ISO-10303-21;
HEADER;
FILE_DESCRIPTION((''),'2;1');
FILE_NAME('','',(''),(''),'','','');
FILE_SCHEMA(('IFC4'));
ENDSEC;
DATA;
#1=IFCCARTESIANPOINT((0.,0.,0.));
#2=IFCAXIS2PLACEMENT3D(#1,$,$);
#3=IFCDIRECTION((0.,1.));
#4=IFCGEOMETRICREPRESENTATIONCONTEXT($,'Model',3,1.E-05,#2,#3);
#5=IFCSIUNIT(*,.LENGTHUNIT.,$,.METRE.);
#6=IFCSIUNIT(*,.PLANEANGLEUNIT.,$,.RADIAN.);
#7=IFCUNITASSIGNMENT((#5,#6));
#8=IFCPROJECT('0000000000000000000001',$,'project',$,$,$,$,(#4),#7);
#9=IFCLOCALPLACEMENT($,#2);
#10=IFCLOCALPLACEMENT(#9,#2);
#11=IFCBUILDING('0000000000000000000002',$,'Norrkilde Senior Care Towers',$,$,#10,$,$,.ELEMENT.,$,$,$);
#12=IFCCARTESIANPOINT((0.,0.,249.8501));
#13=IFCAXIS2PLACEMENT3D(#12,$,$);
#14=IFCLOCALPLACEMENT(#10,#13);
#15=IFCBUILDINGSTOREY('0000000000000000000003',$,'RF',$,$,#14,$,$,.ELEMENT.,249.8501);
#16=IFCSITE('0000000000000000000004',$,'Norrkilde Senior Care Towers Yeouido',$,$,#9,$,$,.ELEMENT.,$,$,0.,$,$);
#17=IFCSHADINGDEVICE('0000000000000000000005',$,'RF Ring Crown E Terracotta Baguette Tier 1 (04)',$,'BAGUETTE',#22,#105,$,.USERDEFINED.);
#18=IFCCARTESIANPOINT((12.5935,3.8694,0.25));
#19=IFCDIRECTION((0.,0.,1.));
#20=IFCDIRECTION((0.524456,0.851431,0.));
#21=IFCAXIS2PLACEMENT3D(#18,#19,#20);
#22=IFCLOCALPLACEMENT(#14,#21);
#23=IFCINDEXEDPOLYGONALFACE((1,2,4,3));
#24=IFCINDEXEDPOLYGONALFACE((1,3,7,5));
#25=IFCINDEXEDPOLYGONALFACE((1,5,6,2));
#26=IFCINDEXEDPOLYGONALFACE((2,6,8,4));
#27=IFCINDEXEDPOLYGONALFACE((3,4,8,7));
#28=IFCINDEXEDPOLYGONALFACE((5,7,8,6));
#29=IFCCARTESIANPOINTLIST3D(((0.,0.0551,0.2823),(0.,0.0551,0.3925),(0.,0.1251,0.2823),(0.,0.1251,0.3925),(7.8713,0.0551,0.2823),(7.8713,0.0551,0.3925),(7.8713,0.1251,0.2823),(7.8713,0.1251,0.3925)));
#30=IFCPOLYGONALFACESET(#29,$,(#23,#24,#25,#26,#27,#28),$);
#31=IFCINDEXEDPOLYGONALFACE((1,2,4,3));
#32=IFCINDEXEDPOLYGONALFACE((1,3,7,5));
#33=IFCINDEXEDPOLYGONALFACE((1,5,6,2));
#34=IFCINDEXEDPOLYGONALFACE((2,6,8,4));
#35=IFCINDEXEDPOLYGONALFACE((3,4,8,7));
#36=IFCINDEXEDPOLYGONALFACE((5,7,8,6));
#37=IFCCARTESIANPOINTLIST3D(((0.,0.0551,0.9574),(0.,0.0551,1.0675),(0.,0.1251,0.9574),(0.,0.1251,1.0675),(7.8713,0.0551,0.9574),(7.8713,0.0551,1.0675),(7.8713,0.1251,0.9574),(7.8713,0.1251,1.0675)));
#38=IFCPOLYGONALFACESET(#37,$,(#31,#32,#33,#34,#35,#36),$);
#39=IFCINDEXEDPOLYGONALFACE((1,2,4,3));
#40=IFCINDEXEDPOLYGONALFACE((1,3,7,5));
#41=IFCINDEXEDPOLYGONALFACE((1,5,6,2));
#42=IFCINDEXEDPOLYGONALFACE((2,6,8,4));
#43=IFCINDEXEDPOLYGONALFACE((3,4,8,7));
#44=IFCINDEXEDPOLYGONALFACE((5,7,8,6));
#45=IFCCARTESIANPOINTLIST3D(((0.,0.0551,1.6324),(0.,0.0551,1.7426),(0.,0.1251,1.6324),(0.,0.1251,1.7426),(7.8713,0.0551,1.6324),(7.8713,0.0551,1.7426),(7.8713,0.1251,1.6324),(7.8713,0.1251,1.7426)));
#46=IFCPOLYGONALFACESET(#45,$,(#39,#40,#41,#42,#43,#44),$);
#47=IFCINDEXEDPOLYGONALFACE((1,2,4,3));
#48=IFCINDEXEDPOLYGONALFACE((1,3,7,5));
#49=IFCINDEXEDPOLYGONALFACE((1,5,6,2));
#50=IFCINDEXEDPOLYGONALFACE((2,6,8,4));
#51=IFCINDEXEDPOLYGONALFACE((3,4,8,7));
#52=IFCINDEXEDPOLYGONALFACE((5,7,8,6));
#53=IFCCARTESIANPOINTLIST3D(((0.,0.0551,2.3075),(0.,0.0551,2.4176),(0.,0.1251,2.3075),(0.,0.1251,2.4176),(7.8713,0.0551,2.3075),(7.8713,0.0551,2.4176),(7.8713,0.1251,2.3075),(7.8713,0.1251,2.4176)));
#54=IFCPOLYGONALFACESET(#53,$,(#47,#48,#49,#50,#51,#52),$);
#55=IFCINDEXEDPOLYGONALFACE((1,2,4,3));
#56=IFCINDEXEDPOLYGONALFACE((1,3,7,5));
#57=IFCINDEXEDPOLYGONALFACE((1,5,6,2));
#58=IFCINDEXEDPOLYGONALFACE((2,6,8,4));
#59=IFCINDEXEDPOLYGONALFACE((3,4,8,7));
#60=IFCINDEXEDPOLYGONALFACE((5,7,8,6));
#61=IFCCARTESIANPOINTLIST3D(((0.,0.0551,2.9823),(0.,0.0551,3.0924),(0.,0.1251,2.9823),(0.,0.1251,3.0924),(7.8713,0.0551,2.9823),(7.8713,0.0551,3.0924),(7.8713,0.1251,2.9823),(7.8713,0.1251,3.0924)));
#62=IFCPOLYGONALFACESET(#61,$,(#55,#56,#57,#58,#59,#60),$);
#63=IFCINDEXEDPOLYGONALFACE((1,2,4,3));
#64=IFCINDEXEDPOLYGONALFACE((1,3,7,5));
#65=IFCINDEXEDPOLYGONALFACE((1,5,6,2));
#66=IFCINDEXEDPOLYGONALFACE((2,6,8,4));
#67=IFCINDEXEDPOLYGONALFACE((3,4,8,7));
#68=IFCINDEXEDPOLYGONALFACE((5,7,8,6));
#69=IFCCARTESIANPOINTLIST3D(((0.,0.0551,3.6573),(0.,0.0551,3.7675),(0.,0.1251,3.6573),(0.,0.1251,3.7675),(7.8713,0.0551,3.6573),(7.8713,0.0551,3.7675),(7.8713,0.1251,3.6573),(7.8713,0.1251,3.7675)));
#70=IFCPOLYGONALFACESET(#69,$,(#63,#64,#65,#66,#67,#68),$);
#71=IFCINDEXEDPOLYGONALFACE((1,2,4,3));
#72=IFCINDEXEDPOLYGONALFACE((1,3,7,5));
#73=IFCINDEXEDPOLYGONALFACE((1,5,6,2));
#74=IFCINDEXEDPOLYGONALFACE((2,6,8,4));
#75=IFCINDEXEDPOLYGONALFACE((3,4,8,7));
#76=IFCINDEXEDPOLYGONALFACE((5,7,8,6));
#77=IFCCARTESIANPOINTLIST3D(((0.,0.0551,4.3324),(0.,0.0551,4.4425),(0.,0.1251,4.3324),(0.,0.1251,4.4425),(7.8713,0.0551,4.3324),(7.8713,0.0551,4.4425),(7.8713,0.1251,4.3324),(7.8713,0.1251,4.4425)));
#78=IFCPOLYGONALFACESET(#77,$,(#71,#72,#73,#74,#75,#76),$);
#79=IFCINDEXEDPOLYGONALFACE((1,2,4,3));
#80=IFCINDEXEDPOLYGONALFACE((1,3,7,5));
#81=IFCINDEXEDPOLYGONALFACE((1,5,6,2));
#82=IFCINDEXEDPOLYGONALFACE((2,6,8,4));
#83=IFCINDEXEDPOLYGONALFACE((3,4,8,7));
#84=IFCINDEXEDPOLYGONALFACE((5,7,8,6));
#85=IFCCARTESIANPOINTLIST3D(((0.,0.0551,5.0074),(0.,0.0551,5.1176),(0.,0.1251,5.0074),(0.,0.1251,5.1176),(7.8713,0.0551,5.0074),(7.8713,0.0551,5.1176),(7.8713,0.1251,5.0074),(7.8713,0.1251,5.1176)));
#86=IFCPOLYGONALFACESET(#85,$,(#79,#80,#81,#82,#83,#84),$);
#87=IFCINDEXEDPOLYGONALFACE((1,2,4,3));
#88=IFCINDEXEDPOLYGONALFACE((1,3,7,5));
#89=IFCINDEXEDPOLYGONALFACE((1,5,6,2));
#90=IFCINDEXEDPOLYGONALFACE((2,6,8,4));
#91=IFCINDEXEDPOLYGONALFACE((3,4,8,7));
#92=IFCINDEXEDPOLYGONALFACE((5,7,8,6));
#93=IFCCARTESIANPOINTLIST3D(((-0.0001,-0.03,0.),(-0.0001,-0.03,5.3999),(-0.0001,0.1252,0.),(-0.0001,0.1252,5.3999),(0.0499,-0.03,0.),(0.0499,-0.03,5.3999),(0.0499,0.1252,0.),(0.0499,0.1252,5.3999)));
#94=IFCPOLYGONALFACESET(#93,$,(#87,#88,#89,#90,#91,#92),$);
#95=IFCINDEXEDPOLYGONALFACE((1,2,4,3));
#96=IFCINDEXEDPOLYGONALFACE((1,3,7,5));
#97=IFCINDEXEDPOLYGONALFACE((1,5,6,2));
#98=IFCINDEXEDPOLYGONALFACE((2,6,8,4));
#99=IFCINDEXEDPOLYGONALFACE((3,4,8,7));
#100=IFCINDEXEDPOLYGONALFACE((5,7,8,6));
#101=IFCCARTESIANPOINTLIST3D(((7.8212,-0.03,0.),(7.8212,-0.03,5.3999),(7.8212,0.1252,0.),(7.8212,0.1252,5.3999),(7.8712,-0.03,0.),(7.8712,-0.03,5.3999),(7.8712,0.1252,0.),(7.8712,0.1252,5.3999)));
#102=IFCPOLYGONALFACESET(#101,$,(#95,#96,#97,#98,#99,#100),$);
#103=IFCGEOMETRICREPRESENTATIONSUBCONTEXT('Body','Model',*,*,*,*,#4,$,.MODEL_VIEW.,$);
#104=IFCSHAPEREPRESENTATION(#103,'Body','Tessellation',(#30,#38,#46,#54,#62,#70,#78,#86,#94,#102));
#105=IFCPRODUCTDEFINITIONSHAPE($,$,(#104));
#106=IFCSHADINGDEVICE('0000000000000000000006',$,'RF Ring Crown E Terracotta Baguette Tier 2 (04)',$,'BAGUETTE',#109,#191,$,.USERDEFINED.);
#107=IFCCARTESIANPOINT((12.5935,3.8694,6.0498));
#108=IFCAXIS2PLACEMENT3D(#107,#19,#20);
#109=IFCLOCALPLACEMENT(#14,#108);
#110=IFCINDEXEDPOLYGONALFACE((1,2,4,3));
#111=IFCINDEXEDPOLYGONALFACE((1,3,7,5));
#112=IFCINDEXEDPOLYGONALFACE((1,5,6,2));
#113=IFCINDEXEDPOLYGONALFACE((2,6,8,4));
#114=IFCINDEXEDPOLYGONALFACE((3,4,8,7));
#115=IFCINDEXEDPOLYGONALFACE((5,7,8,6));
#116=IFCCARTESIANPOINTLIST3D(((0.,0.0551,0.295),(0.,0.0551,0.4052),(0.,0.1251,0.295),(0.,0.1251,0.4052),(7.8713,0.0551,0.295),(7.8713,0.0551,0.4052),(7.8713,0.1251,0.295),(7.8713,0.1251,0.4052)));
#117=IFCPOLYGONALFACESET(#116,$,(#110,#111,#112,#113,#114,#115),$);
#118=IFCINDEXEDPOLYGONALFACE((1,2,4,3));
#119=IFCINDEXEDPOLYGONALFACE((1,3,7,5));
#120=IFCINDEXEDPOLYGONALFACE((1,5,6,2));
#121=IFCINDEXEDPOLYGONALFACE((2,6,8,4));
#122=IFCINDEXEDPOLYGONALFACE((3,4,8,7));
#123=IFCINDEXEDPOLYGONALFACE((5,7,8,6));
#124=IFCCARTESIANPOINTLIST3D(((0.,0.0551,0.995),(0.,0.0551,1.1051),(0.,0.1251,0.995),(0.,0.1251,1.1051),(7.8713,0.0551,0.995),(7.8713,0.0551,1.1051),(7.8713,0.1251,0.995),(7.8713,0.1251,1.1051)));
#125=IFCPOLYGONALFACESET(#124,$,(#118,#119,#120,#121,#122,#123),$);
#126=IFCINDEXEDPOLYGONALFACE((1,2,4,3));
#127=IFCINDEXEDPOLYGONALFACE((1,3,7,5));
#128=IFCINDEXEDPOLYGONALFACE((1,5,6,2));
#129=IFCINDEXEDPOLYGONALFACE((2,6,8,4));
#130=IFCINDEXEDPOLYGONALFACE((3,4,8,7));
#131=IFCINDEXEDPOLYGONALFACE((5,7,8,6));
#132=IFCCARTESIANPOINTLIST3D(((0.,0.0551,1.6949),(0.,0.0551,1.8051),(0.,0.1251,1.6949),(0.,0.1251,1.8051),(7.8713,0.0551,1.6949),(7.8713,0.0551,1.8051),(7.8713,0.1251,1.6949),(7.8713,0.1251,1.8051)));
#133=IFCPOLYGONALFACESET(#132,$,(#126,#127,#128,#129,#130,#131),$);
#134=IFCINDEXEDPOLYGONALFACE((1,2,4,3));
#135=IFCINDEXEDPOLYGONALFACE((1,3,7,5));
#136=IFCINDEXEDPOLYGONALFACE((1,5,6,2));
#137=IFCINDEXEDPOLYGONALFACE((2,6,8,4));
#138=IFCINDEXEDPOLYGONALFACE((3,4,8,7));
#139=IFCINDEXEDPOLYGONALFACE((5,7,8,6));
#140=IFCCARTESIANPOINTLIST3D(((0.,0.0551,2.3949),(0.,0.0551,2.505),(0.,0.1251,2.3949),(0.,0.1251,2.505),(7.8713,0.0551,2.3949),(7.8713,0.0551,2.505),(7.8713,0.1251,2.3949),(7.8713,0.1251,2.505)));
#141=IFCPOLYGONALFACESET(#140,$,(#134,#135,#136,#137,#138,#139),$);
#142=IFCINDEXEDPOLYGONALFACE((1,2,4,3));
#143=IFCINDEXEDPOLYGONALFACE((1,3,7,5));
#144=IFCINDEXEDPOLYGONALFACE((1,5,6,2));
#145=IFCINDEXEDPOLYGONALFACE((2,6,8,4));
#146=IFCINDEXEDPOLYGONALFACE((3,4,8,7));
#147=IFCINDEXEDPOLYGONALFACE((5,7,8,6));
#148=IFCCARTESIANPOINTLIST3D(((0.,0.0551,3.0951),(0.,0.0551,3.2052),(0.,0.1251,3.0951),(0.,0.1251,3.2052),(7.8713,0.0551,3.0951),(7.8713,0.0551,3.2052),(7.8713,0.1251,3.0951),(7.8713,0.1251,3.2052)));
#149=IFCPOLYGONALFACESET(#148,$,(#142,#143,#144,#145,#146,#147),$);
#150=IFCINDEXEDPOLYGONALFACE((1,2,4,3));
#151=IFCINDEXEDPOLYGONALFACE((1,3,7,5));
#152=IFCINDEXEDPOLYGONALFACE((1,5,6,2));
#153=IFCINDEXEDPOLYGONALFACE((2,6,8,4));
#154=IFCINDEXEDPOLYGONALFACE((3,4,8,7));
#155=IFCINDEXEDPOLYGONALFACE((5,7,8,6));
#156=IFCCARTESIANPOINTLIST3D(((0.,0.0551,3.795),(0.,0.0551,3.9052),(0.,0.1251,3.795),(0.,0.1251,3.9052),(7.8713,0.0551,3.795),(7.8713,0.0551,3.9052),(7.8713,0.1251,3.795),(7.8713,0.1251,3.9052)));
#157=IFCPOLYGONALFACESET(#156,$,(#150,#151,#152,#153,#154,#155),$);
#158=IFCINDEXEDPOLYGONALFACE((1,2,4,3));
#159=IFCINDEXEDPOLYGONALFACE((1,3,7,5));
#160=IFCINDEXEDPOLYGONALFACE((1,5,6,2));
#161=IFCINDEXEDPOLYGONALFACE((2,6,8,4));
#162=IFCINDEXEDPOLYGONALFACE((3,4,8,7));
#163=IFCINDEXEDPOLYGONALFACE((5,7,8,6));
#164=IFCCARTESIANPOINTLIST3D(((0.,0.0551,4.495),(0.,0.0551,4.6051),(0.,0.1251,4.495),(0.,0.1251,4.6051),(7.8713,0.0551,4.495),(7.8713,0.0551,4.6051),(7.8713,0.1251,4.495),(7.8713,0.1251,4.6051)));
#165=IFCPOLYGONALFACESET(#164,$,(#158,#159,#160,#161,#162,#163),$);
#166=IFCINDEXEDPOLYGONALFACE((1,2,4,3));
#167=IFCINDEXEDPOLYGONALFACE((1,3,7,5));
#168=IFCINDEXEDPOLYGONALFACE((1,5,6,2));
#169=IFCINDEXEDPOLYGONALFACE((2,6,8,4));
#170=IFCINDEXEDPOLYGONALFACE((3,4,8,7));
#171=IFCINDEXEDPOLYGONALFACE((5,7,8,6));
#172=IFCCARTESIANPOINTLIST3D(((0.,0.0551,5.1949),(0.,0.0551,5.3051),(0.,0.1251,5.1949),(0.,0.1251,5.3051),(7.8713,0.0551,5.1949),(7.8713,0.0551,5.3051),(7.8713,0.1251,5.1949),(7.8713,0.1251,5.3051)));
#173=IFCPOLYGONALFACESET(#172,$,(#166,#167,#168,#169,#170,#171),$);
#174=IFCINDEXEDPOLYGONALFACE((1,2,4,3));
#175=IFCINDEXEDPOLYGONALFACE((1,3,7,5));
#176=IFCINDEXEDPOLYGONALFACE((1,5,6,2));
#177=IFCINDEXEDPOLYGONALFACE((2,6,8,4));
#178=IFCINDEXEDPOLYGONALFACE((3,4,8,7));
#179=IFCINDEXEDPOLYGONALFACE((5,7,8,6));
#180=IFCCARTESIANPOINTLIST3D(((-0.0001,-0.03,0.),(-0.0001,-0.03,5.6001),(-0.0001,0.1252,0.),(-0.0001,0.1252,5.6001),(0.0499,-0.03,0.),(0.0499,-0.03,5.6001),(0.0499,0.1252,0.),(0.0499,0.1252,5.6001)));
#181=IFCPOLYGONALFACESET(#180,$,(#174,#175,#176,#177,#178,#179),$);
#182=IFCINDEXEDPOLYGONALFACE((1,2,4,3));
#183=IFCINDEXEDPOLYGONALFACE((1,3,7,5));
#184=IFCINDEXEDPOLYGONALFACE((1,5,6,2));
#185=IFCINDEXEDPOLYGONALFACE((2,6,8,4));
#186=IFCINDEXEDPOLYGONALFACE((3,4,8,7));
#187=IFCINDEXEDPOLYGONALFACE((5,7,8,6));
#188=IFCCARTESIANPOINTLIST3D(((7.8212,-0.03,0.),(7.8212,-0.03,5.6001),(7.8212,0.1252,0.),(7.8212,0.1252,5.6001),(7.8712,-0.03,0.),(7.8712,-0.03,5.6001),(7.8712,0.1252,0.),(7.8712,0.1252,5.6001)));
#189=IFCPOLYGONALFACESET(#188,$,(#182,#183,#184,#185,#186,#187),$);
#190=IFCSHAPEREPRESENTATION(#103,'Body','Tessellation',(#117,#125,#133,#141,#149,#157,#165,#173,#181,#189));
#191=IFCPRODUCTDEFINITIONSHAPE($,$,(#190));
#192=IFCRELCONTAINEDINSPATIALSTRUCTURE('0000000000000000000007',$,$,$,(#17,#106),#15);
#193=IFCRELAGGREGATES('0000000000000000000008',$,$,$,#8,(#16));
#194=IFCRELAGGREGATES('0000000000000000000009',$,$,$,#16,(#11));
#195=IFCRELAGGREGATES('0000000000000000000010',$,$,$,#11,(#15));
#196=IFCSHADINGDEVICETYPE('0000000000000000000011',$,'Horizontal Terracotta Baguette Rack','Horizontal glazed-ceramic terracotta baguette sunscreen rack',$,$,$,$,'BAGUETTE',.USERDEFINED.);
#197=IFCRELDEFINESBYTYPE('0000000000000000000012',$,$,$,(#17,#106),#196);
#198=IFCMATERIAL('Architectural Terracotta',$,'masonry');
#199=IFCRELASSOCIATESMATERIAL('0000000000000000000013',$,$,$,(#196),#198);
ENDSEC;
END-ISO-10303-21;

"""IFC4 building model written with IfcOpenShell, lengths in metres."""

from ifc_helpers import new_model, si_unit, direction, frame, origin, origin_2d, place, context, subcontext, project, spatial, rectangle, extrude, source, transform, mapped, material, type_object, element, save


model = new_model("IFC4")

# Units and contexts
model_context = context("Model", 3, precision=1e-05, world=origin(), true_north=direction((0.0, 1.0)))
body_context = subcontext(model_context, "Body", "Model", "MODEL_VIEW")
ifc_project = project(units=[si_unit("LENGTHUNIT", "METRE"), si_unit("PLANEANGLEUNIT", "RADIAN")], contexts=[model_context])

# Site, building, storey
site_placement = place(None, origin())
site = spatial("IfcSite", under=ifc_project, at=site_placement, Name="Norrkilde Senior Care Towers Yeouido", CompositionType="ELEMENT", RefElevation=0.0)
building_placement = place(site_placement, origin())
building = spatial("IfcBuilding", under=site, at=building_placement, Name="Norrkilde Senior Care Towers", CompositionType="ELEMENT")
storey_placement = place(building_placement, frame((0.0, 0.0, 249.8501)))
storey = spatial("IfcBuildingStorey", under=building, at=storey_placement, Name="RF", CompositionType="ELEMENT", Elevation=249.8501)

# Shared definitions
ifc_material_1 = material(Name="Architectural Terracotta", Category="masonry")

# Shading devices
shading_device_type = type_object("IfcShadingDeviceType", Name="Horizontal Terracotta Baguette Rack", Description="Horizontal glazed-ceramic terracotta baguette sunscreen rack", ElementType="BAGUETTE", PredefinedType="USERDEFINED", material=ifc_material_1)
shared_shape_1 = source(origin(), body_context, "Body", "SweptSolid", [
    extrude(rectangle(XDim=0.0701, YDim=0.1101, at=origin_2d()), frame((0.0, 0.0901, 0.3374), z_axis=(1.0, 0.0, 0.0), x_axis=(0.0, 1.0, 0.0)), (0.0, 0.0, 1.0), 7.8713),
    extrude(rectangle(XDim=0.0701, YDim=0.1101, at=origin_2d()), frame((0.0, 0.0901, 1.0125), z_axis=(1.0, 0.0, 0.0), x_axis=(0.0, 1.0, 0.0)), (0.0, 0.0, 1.0), 7.8713),
    extrude(rectangle(XDim=0.0701, YDim=0.1101, at=origin_2d()), frame((0.0, 0.0901, 1.6875), z_axis=(1.0, 0.0, 0.0), x_axis=(0.0, 1.0, 0.0)), (0.0, 0.0, 1.0), 7.8713),
    extrude(rectangle(XDim=0.0701, YDim=0.1101, at=origin_2d()), frame((0.0, 0.0901, 2.3625), z_axis=(1.0, 0.0, 0.0), x_axis=(0.0, 1.0, 0.0)), (0.0, 0.0, 1.0), 7.8713),
    extrude(rectangle(XDim=0.0701, YDim=0.1101, at=origin_2d()), frame((0.0, 0.0901, 3.0374), z_axis=(1.0, 0.0, 0.0), x_axis=(0.0, 1.0, 0.0)), (0.0, 0.0, 1.0), 7.8713),
    extrude(rectangle(XDim=0.0701, YDim=0.1101, at=origin_2d()), frame((0.0, 0.0901, 3.7124), z_axis=(1.0, 0.0, 0.0), x_axis=(0.0, 1.0, 0.0)), (0.0, 0.0, 1.0), 7.8713),
    extrude(rectangle(XDim=0.0701, YDim=0.1101, at=origin_2d()), frame((0.0, 0.0901, 4.3875), z_axis=(1.0, 0.0, 0.0), x_axis=(0.0, 1.0, 0.0)), (0.0, 0.0, 1.0), 7.8713),
    extrude(rectangle(XDim=0.0701, YDim=0.1101, at=origin_2d()), frame((0.0, 0.0901, 5.0625), z_axis=(1.0, 0.0, 0.0), x_axis=(0.0, 1.0, 0.0)), (0.0, 0.0, 1.0), 7.8713),
    extrude(rectangle(XDim=0.05, YDim=0.1553, at=origin_2d()), frame((0.0249, 0.0476, 0.0)), (0.0, 0.0, 1.0), 5.3999),
    extrude(rectangle(XDim=0.05, YDim=0.1553, at=origin_2d()), frame((7.8462, 0.0476, 0.0)), (0.0, 0.0, 1.0), 5.3999),
])
shading_device_1_placement = place(storey_placement, frame((12.5935, 3.8694, 0.25), z_axis=(0.0, 0.0, 1.0), x_axis=(0.524456, 0.851431, 0.0)))
element("IfcShadingDevice", 1, at=shading_device_1_placement, inside=storey, type_object=shading_device_type, Name="RF Ring Crown E Terracotta Baguette Tier 1 (04)", ObjectType="BAGUETTE", PredefinedType="USERDEFINED", context=body_context, shape_type="MappedRepresentation", body=[
    mapped(shared_shape_1, transform((0.0, 0.0, 0.0), x_axis=(1.0, 0.0, 0.0), y_axis=(0.0, 1.0, 0.0), z_axis=(0.0, 0.0, 1.0), scale=1.0)),
])
shared_shape_2 = source(origin(), body_context, "Body", "SweptSolid", [
    extrude(rectangle(XDim=0.0701, YDim=0.1101, at=origin_2d()), frame((0.0, 0.0901, 0.3501), z_axis=(1.0, 0.0, 0.0), x_axis=(0.0, 1.0, 0.0)), (0.0, 0.0, 1.0), 7.8713),
    extrude(rectangle(XDim=0.0701, YDim=0.1101, at=origin_2d()), frame((0.0, 0.0901, 1.05), z_axis=(1.0, 0.0, 0.0), x_axis=(0.0, 1.0, 0.0)), (0.0, 0.0, 1.0), 7.8713),
    extrude(rectangle(XDim=0.0701, YDim=0.1101, at=origin_2d()), frame((0.0, 0.0901, 1.75), z_axis=(1.0, 0.0, 0.0), x_axis=(0.0, 1.0, 0.0)), (0.0, 0.0, 1.0), 7.8713),
    extrude(rectangle(XDim=0.0701, YDim=0.1101, at=origin_2d()), frame((0.0, 0.0901, 2.45), z_axis=(1.0, 0.0, 0.0), x_axis=(0.0, 1.0, 0.0)), (0.0, 0.0, 1.0), 7.8713),
    extrude(rectangle(XDim=0.0701, YDim=0.1101, at=origin_2d()), frame((0.0, 0.0901, 3.1501), z_axis=(1.0, 0.0, 0.0), x_axis=(0.0, 1.0, 0.0)), (0.0, 0.0, 1.0), 7.8713),
    extrude(rectangle(XDim=0.0701, YDim=0.1101, at=origin_2d()), frame((0.0, 0.0901, 3.8501), z_axis=(1.0, 0.0, 0.0), x_axis=(0.0, 1.0, 0.0)), (0.0, 0.0, 1.0), 7.8713),
    extrude(rectangle(XDim=0.0701, YDim=0.1101, at=origin_2d()), frame((0.0, 0.0901, 4.55), z_axis=(1.0, 0.0, 0.0), x_axis=(0.0, 1.0, 0.0)), (0.0, 0.0, 1.0), 7.8713),
    extrude(rectangle(XDim=0.0701, YDim=0.1101, at=origin_2d()), frame((0.0, 0.0901, 5.25), z_axis=(1.0, 0.0, 0.0), x_axis=(0.0, 1.0, 0.0)), (0.0, 0.0, 1.0), 7.8713),
    extrude(rectangle(XDim=0.05, YDim=0.1553, at=origin_2d()), frame((0.0249, 0.0476, 0.0)), (0.0, 0.0, 1.0), 5.6001),
    extrude(rectangle(XDim=0.05, YDim=0.1553, at=origin_2d()), frame((7.8462, 0.0476, 0.0)), (0.0, 0.0, 1.0), 5.6001),
])
shading_device_2_placement = place(storey_placement, frame((12.5935, 3.8694, 6.0498), z_axis=(0.0, 0.0, 1.0), x_axis=(0.524456, 0.851431, 0.0)))
element("IfcShadingDevice", 2, at=shading_device_2_placement, inside=storey, type_object=shading_device_type, Name="RF Ring Crown E Terracotta Baguette Tier 2 (04)", ObjectType="BAGUETTE", PredefinedType="USERDEFINED", context=body_context, shape_type="MappedRepresentation", body=[
    mapped(shared_shape_2, transform((0.0, 0.0, 0.0), x_axis=(1.0, 0.0, 0.0), y_axis=(0.0, 1.0, 0.0), z_axis=(0.0, 0.0, 1.0), scale=1.0)),
])

save(model, "model.ifc")
